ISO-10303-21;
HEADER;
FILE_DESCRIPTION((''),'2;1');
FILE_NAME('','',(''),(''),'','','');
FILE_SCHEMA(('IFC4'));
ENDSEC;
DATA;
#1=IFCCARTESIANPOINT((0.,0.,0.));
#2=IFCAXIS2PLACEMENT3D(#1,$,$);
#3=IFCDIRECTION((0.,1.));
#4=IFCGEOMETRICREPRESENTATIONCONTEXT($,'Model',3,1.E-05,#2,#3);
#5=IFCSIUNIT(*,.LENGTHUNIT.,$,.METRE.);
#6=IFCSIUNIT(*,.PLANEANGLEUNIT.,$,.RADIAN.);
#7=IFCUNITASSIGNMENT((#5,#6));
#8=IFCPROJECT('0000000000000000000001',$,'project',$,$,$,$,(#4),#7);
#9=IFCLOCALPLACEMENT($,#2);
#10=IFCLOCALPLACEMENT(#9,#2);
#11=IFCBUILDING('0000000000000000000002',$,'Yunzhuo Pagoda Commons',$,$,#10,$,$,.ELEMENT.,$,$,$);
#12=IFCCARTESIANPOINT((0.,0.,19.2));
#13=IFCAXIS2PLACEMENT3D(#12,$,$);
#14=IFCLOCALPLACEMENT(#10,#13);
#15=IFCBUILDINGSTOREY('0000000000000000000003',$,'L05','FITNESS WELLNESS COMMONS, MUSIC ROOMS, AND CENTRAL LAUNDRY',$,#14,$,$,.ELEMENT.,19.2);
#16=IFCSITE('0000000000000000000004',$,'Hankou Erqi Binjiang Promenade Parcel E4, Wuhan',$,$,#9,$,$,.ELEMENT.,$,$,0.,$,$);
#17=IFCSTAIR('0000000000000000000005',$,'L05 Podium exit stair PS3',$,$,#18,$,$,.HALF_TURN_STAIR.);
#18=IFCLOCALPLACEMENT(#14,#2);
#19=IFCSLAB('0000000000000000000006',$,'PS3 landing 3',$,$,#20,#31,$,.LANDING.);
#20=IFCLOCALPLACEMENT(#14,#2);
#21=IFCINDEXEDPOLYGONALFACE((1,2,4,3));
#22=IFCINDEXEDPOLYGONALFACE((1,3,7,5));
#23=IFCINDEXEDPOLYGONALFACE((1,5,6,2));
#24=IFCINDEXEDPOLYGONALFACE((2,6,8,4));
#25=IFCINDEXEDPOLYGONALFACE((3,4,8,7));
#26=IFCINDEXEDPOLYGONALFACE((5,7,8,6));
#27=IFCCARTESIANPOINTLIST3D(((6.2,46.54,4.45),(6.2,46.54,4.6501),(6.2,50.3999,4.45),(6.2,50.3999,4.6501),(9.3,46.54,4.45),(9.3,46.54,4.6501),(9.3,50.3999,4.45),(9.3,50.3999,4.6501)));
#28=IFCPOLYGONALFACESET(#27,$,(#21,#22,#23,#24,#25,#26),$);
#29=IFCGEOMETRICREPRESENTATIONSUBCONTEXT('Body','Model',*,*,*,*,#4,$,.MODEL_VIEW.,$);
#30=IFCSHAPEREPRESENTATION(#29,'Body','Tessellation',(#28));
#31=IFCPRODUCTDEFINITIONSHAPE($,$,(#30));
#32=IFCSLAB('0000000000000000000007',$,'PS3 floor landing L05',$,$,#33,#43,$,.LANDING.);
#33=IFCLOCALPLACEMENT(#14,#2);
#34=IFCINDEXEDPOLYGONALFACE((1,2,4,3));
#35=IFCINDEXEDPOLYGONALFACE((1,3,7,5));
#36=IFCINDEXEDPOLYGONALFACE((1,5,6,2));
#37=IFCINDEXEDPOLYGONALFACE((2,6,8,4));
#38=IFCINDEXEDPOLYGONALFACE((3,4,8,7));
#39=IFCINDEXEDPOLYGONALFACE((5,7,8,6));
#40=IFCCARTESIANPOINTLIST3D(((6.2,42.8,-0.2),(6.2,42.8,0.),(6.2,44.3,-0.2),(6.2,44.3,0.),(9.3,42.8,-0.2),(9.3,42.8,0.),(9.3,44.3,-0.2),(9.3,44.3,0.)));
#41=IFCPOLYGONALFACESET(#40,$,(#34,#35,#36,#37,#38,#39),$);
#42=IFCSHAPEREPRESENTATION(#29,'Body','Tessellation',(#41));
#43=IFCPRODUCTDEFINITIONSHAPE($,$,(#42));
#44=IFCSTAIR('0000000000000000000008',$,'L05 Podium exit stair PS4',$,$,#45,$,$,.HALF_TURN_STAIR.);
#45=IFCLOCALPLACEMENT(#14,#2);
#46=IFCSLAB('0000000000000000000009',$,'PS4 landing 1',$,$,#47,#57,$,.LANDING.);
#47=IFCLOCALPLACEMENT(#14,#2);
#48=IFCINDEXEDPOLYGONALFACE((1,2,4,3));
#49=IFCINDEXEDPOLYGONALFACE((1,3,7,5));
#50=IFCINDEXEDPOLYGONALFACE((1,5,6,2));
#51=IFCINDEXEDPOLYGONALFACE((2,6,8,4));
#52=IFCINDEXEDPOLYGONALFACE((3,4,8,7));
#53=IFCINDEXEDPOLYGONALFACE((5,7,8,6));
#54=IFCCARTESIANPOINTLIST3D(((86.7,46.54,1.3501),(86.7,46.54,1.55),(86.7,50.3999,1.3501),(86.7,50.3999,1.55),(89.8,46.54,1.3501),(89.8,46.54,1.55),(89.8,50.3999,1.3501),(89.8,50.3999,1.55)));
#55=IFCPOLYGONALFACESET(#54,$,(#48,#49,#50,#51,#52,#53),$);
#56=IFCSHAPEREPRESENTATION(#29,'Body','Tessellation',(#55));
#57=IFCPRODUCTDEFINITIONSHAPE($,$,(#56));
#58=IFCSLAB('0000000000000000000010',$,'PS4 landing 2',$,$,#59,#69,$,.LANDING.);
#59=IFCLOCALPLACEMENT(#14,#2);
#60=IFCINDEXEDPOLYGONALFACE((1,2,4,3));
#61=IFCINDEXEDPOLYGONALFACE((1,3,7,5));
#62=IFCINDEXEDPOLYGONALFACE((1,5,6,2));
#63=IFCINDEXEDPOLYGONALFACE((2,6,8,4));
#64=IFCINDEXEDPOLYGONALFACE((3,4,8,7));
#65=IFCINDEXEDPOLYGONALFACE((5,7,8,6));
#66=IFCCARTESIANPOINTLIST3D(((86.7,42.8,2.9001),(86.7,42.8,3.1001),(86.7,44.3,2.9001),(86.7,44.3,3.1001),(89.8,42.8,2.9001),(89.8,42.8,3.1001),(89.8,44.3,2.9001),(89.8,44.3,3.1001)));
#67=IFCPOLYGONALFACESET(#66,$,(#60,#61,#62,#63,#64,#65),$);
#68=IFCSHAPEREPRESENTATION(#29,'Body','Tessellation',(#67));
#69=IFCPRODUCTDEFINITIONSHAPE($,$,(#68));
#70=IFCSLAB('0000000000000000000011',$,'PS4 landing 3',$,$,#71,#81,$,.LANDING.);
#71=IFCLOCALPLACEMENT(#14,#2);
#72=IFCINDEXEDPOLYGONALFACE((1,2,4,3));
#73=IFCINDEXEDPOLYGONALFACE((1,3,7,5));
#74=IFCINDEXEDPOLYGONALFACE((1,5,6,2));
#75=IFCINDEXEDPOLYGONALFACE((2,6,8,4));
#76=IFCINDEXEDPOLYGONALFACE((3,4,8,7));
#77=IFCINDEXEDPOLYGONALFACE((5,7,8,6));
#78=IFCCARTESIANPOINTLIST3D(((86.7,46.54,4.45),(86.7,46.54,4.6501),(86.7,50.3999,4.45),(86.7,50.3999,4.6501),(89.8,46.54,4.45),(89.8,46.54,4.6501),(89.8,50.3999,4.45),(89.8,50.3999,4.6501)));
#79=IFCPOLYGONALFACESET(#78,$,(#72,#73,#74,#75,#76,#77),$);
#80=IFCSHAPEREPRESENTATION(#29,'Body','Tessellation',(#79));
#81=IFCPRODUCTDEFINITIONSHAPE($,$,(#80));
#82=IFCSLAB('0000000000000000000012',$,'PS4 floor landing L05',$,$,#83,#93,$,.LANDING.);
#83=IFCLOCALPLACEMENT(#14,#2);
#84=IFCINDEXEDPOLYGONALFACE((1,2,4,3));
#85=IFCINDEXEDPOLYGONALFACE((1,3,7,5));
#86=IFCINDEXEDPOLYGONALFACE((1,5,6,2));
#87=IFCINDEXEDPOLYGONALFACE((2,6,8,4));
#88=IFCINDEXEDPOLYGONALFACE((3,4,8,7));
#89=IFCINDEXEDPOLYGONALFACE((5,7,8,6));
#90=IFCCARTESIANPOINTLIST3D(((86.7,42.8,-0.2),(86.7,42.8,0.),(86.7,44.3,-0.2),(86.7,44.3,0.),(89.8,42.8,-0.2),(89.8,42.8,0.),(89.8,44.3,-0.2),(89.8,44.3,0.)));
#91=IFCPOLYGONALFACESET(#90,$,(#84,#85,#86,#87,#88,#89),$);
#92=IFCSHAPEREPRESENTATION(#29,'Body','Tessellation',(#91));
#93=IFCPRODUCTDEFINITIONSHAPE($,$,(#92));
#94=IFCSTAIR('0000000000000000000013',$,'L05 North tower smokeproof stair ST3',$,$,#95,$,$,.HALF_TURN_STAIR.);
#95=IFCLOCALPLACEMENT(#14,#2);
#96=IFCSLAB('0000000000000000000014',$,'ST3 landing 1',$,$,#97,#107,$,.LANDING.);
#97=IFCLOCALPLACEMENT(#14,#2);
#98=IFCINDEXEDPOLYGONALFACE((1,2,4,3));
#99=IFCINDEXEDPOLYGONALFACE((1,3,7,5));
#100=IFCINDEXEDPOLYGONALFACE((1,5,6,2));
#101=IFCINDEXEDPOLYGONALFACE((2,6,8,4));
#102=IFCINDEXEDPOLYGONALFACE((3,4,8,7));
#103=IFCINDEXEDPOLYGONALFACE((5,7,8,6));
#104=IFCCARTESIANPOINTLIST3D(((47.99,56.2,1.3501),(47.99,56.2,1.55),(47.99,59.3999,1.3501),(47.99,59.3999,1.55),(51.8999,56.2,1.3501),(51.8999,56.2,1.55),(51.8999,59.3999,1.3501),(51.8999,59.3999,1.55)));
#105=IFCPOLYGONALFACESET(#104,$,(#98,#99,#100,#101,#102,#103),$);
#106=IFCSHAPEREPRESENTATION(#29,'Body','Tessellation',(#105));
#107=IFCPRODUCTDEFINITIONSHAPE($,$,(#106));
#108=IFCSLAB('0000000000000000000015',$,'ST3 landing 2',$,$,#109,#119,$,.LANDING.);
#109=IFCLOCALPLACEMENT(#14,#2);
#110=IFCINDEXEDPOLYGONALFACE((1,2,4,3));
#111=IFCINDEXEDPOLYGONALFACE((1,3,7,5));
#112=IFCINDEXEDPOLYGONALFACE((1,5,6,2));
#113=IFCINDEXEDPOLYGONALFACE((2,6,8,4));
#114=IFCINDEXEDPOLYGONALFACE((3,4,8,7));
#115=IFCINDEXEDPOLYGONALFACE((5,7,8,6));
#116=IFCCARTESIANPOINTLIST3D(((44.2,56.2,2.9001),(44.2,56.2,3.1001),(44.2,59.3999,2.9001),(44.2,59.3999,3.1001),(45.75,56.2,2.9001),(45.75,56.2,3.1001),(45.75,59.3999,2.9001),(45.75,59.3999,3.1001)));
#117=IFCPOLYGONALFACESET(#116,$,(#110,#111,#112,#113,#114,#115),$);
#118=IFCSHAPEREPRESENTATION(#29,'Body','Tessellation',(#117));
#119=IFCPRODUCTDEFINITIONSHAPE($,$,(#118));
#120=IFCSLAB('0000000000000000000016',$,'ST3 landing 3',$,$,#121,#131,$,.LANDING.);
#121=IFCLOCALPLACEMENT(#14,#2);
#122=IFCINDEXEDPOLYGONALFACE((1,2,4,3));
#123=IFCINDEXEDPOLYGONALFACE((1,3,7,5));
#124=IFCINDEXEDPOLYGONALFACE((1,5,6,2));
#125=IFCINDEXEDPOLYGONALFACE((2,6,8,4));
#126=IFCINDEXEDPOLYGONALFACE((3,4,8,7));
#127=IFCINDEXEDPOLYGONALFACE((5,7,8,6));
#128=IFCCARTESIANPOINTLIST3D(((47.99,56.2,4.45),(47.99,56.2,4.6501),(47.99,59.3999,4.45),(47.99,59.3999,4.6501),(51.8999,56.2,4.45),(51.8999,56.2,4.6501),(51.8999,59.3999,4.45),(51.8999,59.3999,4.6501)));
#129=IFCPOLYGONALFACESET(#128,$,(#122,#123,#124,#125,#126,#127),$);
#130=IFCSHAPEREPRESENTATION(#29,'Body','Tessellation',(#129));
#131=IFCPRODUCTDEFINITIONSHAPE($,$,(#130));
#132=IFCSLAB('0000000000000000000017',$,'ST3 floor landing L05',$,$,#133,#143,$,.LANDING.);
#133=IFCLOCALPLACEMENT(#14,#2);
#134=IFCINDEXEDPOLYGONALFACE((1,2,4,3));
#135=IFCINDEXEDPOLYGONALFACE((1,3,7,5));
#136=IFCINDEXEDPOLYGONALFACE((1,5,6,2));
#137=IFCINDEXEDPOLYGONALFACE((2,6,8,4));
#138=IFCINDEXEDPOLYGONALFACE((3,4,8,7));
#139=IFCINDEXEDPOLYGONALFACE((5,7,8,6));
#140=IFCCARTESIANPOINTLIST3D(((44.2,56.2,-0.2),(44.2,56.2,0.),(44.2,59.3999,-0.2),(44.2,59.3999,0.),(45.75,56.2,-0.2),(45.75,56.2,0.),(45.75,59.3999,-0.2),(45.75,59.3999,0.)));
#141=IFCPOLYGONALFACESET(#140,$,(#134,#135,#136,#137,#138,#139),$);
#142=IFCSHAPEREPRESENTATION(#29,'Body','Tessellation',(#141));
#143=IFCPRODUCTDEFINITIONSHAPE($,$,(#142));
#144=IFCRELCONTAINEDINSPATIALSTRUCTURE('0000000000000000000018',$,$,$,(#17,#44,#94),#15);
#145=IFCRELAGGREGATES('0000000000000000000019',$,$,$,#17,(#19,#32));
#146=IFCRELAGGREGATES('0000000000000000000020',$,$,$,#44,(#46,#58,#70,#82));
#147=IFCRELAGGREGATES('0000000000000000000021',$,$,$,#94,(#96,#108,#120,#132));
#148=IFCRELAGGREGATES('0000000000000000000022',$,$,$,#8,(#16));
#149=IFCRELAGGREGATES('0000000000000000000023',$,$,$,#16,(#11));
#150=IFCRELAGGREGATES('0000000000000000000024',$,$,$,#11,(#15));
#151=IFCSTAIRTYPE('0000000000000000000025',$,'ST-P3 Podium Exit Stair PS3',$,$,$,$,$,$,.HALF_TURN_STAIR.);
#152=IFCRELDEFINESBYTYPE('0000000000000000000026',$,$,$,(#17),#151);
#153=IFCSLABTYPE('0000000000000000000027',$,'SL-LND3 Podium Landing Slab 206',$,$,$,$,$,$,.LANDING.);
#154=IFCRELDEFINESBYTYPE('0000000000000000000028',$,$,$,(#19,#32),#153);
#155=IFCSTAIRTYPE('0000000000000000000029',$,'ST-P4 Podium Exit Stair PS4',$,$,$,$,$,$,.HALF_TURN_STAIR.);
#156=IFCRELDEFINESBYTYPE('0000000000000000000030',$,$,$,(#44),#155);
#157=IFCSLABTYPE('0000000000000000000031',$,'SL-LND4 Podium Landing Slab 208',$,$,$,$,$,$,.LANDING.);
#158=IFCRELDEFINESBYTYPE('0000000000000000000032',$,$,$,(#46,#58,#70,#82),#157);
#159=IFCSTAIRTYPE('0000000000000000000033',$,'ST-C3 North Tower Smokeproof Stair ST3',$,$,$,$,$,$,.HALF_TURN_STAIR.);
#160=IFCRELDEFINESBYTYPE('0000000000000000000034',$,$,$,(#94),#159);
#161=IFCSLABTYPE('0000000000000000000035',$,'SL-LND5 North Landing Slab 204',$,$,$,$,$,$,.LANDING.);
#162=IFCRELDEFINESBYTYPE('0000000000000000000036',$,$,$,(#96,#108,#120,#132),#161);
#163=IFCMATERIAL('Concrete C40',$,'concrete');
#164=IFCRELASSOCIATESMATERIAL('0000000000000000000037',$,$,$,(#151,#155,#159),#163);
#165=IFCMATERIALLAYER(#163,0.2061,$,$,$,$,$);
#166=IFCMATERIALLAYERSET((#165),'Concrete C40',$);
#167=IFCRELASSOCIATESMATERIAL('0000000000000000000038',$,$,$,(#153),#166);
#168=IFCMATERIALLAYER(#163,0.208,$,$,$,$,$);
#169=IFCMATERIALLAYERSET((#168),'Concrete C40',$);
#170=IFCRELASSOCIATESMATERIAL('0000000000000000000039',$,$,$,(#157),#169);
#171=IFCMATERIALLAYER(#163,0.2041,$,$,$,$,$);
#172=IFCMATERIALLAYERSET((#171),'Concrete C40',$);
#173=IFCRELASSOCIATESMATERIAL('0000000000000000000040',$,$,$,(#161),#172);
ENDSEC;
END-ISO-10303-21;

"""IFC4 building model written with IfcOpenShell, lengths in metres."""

from ifc_helpers import new_model, si_unit, direction, frame, origin, place, context, subcontext, project, spatial, polyline, outline, extrude, material, layer, layer_set, type_object, element, aggregate, save


model = new_model("IFC4")

# Units and contexts
model_context = context("Model", 3, precision=1e-05, world=origin(), true_north=direction((0.0, 1.0)))
body_context = subcontext(model_context, "Body", "Model", "MODEL_VIEW")
ifc_project = project(units=[si_unit("LENGTHUNIT", "METRE"), si_unit("PLANEANGLEUNIT", "RADIAN")], contexts=[model_context])

# Site, building, storey
site_placement = place(None, origin())
site = spatial("IfcSite", under=ifc_project, at=site_placement, Name="Hankou Erqi Binjiang Promenade Parcel E4, Wuhan", CompositionType="ELEMENT", RefElevation=0.0)
building_placement = place(site_placement, origin())
building = spatial("IfcBuilding", under=site, at=building_placement, Name="Yunzhuo Pagoda Commons", CompositionType="ELEMENT")
storey_placement = place(building_placement, frame((0.0, 0.0, 19.2)))
storey = spatial("IfcBuildingStorey", under=building, at=storey_placement, Name="L05", Description="FITNESS WELLNESS COMMONS, MUSIC ROOMS, AND CENTRAL LAUNDRY", CompositionType="ELEMENT", Elevation=19.2)

# Stairs, slabs
ifc_material_1 = material(Name="Concrete C40", Category="concrete")
stair_type_1 = type_object("IfcStairType", Name="ST-P3 Podium Exit Stair PS3", PredefinedType="HALF_TURN_STAIR", material=ifc_material_1)
stair_1_placement = place(storey_placement, origin())
stair_1 = element("IfcStair", 1, at=stair_1_placement, inside=storey, type_object=stair_type_1, Name="L05 Podium exit stair PS3", PredefinedType="HALF_TURN_STAIR")
ifc_layer_1 = layer(ifc_material_1, 0.2061)
ifc_layer_set_1 = layer_set([ifc_layer_1], Name="Concrete C40")
slab_type_1 = type_object("IfcSlabType", Name="SL-LND3 Podium Landing Slab 206", PredefinedType="LANDING", material=ifc_layer_set_1)
slab_1_placement = place(storey_placement, frame((0.0, 0.0, 4.45)))
slab_1 = element("IfcSlab", 2, at=slab_1_placement, type_object=slab_type_1, Name="PS3 landing 3", PredefinedType="LANDING", context=body_context, shape_type="SweptSolid", body=[
    extrude(outline(polyline([(9.3, 46.54), (9.3, 50.3999), (6.2, 50.3999), (6.2, 46.54), (9.3, 46.54)])), origin(), (0.0, 0.0, 1.0), 0.2002),
])
slab_2_placement = place(storey_placement, frame((0.0, 0.0, -0.2)))
slab_2 = element("IfcSlab", 3, at=slab_2_placement, type_object=slab_type_1, Name="PS3 floor landing L05", PredefinedType="LANDING", context=body_context, shape_type="SweptSolid", body=[
    extrude(outline(polyline([(9.3, 42.8), (9.3, 44.3), (6.2, 44.3), (6.2, 42.8), (9.3, 42.8)])), origin(), (0.0, 0.0, 1.0), 0.2),
])
aggregate(stair_1, [slab_1, slab_2])
stair_type_2 = type_object("IfcStairType", Name="ST-P4 Podium Exit Stair PS4", PredefinedType="HALF_TURN_STAIR", material=ifc_material_1)
stair_2_placement = place(storey_placement, origin())
stair_2 = element("IfcStair", 4, at=stair_2_placement, inside=storey, type_object=stair_type_2, Name="L05 Podium exit stair PS4", PredefinedType="HALF_TURN_STAIR")
ifc_layer_2 = layer(ifc_material_1, 0.208)
ifc_layer_set_2 = layer_set([ifc_layer_2], Name="Concrete C40")
slab_type_2 = type_object("IfcSlabType", Name="SL-LND4 Podium Landing Slab 208", PredefinedType="LANDING", material=ifc_layer_set_2)
slab_3_placement = place(storey_placement, frame((0.0, 0.0, 1.3501)))
slab_3 = element("IfcSlab", 5, at=slab_3_placement, type_object=slab_type_2, Name="PS4 landing 1", PredefinedType="LANDING", context=body_context, shape_type="SweptSolid", body=[
    extrude(outline(polyline([(89.8, 46.54), (89.8, 50.3999), (86.7, 50.3999), (86.7, 46.54), (89.8, 46.54)])), origin(), (0.0, 0.0, 1.0), 0.2),
])
slab_4_placement = place(storey_placement, frame((0.0, 0.0, 2.9001)))
slab_4 = element("IfcSlab", 6, at=slab_4_placement, type_object=slab_type_2, Name="PS4 landing 2", PredefinedType="LANDING", context=body_context, shape_type="SweptSolid", body=[
    extrude(outline(polyline([(89.8, 42.8), (89.8, 44.3), (86.7, 44.3), (86.7, 42.8), (89.8, 42.8)])), origin(), (0.0, 0.0, 1.0), 0.2),
])
slab_5_placement = place(storey_placement, frame((0.0, 0.0, 4.45)))
slab_5 = element("IfcSlab", 7, at=slab_5_placement, type_object=slab_type_2, Name="PS4 landing 3", PredefinedType="LANDING", context=body_context, shape_type="SweptSolid", body=[
    extrude(outline(polyline([(89.8, 46.54), (89.8, 50.3999), (86.7, 50.3999), (86.7, 46.54), (89.8, 46.54)])), origin(), (0.0, 0.0, 1.0), 0.2002),
])
slab_6_placement = place(storey_placement, frame((0.0, 0.0, -0.2)))
slab_6 = element("IfcSlab", 8, at=slab_6_placement, type_object=slab_type_2, Name="PS4 floor landing L05", PredefinedType="LANDING", context=body_context, shape_type="SweptSolid", body=[
    extrude(outline(polyline([(89.8, 42.8), (89.8, 44.3), (86.7, 44.3), (86.7, 42.8), (89.8, 42.8)])), origin(), (0.0, 0.0, 1.0), 0.2),
])
aggregate(stair_2, [slab_3, slab_4, slab_5, slab_6])
stair_type_3 = type_object("IfcStairType", Name="ST-C3 North Tower Smokeproof Stair ST3", PredefinedType="HALF_TURN_STAIR", material=ifc_material_1)
stair_3_placement = place(storey_placement, origin())
stair_3 = element("IfcStair", 9, at=stair_3_placement, inside=storey, type_object=stair_type_3, Name="L05 North tower smokeproof stair ST3", PredefinedType="HALF_TURN_STAIR")
ifc_layer_3 = layer(ifc_material_1, 0.2041)
ifc_layer_set_3 = layer_set([ifc_layer_3], Name="Concrete C40")
slab_type_3 = type_object("IfcSlabType", Name="SL-LND5 North Landing Slab 204", PredefinedType="LANDING", material=ifc_layer_set_3)
slab_7_placement = place(storey_placement, frame((0.0, 0.0, 1.3501)))
slab_7 = element("IfcSlab", 10, at=slab_7_placement, type_object=slab_type_3, Name="ST3 landing 1", PredefinedType="LANDING", context=body_context, shape_type="SweptSolid", body=[
    extrude(outline(polyline([(47.99, 56.2), (51.8999, 56.2), (51.8999, 59.3999), (47.99, 59.3999), (47.99, 56.2)])), origin(), (0.0, 0.0, 1.0), 0.2),
])
slab_8_placement = place(storey_placement, frame((0.0, 0.0, 2.9001)))
slab_8 = element("IfcSlab", 11, at=slab_8_placement, type_object=slab_type_3, Name="ST3 landing 2", PredefinedType="LANDING", context=body_context, shape_type="SweptSolid", body=[
    extrude(outline(polyline([(44.2, 56.2), (45.75, 56.2), (45.75, 59.3999), (44.2, 59.3999), (44.2, 56.2)])), origin(), (0.0, 0.0, 1.0), 0.2),
])
slab_9_placement = place(storey_placement, frame((0.0, 0.0, 4.45)))
slab_9 = element("IfcSlab", 12, at=slab_9_placement, type_object=slab_type_3, Name="ST3 landing 3", PredefinedType="LANDING", context=body_context, shape_type="SweptSolid", body=[
    extrude(outline(polyline([(47.99, 56.2), (51.8999, 56.2), (51.8999, 59.3999), (47.99, 59.3999), (47.99, 56.2)])), origin(), (0.0, 0.0, 1.0), 0.2002),
])
slab_10_placement = place(storey_placement, frame((0.0, 0.0, -0.2)))
slab_10 = element("IfcSlab", 13, at=slab_10_placement, type_object=slab_type_3, Name="ST3 floor landing L05", PredefinedType="LANDING", context=body_context, shape_type="SweptSolid", body=[
    extrude(outline(polyline([(44.2, 56.2), (45.75, 56.2), (45.75, 59.3999), (44.2, 59.3999), (44.2, 56.2)])), origin(), (0.0, 0.0, 1.0), 0.2),
])
aggregate(stair_3, [slab_7, slab_8, slab_9, slab_10])

save(model, "model.ifc")
